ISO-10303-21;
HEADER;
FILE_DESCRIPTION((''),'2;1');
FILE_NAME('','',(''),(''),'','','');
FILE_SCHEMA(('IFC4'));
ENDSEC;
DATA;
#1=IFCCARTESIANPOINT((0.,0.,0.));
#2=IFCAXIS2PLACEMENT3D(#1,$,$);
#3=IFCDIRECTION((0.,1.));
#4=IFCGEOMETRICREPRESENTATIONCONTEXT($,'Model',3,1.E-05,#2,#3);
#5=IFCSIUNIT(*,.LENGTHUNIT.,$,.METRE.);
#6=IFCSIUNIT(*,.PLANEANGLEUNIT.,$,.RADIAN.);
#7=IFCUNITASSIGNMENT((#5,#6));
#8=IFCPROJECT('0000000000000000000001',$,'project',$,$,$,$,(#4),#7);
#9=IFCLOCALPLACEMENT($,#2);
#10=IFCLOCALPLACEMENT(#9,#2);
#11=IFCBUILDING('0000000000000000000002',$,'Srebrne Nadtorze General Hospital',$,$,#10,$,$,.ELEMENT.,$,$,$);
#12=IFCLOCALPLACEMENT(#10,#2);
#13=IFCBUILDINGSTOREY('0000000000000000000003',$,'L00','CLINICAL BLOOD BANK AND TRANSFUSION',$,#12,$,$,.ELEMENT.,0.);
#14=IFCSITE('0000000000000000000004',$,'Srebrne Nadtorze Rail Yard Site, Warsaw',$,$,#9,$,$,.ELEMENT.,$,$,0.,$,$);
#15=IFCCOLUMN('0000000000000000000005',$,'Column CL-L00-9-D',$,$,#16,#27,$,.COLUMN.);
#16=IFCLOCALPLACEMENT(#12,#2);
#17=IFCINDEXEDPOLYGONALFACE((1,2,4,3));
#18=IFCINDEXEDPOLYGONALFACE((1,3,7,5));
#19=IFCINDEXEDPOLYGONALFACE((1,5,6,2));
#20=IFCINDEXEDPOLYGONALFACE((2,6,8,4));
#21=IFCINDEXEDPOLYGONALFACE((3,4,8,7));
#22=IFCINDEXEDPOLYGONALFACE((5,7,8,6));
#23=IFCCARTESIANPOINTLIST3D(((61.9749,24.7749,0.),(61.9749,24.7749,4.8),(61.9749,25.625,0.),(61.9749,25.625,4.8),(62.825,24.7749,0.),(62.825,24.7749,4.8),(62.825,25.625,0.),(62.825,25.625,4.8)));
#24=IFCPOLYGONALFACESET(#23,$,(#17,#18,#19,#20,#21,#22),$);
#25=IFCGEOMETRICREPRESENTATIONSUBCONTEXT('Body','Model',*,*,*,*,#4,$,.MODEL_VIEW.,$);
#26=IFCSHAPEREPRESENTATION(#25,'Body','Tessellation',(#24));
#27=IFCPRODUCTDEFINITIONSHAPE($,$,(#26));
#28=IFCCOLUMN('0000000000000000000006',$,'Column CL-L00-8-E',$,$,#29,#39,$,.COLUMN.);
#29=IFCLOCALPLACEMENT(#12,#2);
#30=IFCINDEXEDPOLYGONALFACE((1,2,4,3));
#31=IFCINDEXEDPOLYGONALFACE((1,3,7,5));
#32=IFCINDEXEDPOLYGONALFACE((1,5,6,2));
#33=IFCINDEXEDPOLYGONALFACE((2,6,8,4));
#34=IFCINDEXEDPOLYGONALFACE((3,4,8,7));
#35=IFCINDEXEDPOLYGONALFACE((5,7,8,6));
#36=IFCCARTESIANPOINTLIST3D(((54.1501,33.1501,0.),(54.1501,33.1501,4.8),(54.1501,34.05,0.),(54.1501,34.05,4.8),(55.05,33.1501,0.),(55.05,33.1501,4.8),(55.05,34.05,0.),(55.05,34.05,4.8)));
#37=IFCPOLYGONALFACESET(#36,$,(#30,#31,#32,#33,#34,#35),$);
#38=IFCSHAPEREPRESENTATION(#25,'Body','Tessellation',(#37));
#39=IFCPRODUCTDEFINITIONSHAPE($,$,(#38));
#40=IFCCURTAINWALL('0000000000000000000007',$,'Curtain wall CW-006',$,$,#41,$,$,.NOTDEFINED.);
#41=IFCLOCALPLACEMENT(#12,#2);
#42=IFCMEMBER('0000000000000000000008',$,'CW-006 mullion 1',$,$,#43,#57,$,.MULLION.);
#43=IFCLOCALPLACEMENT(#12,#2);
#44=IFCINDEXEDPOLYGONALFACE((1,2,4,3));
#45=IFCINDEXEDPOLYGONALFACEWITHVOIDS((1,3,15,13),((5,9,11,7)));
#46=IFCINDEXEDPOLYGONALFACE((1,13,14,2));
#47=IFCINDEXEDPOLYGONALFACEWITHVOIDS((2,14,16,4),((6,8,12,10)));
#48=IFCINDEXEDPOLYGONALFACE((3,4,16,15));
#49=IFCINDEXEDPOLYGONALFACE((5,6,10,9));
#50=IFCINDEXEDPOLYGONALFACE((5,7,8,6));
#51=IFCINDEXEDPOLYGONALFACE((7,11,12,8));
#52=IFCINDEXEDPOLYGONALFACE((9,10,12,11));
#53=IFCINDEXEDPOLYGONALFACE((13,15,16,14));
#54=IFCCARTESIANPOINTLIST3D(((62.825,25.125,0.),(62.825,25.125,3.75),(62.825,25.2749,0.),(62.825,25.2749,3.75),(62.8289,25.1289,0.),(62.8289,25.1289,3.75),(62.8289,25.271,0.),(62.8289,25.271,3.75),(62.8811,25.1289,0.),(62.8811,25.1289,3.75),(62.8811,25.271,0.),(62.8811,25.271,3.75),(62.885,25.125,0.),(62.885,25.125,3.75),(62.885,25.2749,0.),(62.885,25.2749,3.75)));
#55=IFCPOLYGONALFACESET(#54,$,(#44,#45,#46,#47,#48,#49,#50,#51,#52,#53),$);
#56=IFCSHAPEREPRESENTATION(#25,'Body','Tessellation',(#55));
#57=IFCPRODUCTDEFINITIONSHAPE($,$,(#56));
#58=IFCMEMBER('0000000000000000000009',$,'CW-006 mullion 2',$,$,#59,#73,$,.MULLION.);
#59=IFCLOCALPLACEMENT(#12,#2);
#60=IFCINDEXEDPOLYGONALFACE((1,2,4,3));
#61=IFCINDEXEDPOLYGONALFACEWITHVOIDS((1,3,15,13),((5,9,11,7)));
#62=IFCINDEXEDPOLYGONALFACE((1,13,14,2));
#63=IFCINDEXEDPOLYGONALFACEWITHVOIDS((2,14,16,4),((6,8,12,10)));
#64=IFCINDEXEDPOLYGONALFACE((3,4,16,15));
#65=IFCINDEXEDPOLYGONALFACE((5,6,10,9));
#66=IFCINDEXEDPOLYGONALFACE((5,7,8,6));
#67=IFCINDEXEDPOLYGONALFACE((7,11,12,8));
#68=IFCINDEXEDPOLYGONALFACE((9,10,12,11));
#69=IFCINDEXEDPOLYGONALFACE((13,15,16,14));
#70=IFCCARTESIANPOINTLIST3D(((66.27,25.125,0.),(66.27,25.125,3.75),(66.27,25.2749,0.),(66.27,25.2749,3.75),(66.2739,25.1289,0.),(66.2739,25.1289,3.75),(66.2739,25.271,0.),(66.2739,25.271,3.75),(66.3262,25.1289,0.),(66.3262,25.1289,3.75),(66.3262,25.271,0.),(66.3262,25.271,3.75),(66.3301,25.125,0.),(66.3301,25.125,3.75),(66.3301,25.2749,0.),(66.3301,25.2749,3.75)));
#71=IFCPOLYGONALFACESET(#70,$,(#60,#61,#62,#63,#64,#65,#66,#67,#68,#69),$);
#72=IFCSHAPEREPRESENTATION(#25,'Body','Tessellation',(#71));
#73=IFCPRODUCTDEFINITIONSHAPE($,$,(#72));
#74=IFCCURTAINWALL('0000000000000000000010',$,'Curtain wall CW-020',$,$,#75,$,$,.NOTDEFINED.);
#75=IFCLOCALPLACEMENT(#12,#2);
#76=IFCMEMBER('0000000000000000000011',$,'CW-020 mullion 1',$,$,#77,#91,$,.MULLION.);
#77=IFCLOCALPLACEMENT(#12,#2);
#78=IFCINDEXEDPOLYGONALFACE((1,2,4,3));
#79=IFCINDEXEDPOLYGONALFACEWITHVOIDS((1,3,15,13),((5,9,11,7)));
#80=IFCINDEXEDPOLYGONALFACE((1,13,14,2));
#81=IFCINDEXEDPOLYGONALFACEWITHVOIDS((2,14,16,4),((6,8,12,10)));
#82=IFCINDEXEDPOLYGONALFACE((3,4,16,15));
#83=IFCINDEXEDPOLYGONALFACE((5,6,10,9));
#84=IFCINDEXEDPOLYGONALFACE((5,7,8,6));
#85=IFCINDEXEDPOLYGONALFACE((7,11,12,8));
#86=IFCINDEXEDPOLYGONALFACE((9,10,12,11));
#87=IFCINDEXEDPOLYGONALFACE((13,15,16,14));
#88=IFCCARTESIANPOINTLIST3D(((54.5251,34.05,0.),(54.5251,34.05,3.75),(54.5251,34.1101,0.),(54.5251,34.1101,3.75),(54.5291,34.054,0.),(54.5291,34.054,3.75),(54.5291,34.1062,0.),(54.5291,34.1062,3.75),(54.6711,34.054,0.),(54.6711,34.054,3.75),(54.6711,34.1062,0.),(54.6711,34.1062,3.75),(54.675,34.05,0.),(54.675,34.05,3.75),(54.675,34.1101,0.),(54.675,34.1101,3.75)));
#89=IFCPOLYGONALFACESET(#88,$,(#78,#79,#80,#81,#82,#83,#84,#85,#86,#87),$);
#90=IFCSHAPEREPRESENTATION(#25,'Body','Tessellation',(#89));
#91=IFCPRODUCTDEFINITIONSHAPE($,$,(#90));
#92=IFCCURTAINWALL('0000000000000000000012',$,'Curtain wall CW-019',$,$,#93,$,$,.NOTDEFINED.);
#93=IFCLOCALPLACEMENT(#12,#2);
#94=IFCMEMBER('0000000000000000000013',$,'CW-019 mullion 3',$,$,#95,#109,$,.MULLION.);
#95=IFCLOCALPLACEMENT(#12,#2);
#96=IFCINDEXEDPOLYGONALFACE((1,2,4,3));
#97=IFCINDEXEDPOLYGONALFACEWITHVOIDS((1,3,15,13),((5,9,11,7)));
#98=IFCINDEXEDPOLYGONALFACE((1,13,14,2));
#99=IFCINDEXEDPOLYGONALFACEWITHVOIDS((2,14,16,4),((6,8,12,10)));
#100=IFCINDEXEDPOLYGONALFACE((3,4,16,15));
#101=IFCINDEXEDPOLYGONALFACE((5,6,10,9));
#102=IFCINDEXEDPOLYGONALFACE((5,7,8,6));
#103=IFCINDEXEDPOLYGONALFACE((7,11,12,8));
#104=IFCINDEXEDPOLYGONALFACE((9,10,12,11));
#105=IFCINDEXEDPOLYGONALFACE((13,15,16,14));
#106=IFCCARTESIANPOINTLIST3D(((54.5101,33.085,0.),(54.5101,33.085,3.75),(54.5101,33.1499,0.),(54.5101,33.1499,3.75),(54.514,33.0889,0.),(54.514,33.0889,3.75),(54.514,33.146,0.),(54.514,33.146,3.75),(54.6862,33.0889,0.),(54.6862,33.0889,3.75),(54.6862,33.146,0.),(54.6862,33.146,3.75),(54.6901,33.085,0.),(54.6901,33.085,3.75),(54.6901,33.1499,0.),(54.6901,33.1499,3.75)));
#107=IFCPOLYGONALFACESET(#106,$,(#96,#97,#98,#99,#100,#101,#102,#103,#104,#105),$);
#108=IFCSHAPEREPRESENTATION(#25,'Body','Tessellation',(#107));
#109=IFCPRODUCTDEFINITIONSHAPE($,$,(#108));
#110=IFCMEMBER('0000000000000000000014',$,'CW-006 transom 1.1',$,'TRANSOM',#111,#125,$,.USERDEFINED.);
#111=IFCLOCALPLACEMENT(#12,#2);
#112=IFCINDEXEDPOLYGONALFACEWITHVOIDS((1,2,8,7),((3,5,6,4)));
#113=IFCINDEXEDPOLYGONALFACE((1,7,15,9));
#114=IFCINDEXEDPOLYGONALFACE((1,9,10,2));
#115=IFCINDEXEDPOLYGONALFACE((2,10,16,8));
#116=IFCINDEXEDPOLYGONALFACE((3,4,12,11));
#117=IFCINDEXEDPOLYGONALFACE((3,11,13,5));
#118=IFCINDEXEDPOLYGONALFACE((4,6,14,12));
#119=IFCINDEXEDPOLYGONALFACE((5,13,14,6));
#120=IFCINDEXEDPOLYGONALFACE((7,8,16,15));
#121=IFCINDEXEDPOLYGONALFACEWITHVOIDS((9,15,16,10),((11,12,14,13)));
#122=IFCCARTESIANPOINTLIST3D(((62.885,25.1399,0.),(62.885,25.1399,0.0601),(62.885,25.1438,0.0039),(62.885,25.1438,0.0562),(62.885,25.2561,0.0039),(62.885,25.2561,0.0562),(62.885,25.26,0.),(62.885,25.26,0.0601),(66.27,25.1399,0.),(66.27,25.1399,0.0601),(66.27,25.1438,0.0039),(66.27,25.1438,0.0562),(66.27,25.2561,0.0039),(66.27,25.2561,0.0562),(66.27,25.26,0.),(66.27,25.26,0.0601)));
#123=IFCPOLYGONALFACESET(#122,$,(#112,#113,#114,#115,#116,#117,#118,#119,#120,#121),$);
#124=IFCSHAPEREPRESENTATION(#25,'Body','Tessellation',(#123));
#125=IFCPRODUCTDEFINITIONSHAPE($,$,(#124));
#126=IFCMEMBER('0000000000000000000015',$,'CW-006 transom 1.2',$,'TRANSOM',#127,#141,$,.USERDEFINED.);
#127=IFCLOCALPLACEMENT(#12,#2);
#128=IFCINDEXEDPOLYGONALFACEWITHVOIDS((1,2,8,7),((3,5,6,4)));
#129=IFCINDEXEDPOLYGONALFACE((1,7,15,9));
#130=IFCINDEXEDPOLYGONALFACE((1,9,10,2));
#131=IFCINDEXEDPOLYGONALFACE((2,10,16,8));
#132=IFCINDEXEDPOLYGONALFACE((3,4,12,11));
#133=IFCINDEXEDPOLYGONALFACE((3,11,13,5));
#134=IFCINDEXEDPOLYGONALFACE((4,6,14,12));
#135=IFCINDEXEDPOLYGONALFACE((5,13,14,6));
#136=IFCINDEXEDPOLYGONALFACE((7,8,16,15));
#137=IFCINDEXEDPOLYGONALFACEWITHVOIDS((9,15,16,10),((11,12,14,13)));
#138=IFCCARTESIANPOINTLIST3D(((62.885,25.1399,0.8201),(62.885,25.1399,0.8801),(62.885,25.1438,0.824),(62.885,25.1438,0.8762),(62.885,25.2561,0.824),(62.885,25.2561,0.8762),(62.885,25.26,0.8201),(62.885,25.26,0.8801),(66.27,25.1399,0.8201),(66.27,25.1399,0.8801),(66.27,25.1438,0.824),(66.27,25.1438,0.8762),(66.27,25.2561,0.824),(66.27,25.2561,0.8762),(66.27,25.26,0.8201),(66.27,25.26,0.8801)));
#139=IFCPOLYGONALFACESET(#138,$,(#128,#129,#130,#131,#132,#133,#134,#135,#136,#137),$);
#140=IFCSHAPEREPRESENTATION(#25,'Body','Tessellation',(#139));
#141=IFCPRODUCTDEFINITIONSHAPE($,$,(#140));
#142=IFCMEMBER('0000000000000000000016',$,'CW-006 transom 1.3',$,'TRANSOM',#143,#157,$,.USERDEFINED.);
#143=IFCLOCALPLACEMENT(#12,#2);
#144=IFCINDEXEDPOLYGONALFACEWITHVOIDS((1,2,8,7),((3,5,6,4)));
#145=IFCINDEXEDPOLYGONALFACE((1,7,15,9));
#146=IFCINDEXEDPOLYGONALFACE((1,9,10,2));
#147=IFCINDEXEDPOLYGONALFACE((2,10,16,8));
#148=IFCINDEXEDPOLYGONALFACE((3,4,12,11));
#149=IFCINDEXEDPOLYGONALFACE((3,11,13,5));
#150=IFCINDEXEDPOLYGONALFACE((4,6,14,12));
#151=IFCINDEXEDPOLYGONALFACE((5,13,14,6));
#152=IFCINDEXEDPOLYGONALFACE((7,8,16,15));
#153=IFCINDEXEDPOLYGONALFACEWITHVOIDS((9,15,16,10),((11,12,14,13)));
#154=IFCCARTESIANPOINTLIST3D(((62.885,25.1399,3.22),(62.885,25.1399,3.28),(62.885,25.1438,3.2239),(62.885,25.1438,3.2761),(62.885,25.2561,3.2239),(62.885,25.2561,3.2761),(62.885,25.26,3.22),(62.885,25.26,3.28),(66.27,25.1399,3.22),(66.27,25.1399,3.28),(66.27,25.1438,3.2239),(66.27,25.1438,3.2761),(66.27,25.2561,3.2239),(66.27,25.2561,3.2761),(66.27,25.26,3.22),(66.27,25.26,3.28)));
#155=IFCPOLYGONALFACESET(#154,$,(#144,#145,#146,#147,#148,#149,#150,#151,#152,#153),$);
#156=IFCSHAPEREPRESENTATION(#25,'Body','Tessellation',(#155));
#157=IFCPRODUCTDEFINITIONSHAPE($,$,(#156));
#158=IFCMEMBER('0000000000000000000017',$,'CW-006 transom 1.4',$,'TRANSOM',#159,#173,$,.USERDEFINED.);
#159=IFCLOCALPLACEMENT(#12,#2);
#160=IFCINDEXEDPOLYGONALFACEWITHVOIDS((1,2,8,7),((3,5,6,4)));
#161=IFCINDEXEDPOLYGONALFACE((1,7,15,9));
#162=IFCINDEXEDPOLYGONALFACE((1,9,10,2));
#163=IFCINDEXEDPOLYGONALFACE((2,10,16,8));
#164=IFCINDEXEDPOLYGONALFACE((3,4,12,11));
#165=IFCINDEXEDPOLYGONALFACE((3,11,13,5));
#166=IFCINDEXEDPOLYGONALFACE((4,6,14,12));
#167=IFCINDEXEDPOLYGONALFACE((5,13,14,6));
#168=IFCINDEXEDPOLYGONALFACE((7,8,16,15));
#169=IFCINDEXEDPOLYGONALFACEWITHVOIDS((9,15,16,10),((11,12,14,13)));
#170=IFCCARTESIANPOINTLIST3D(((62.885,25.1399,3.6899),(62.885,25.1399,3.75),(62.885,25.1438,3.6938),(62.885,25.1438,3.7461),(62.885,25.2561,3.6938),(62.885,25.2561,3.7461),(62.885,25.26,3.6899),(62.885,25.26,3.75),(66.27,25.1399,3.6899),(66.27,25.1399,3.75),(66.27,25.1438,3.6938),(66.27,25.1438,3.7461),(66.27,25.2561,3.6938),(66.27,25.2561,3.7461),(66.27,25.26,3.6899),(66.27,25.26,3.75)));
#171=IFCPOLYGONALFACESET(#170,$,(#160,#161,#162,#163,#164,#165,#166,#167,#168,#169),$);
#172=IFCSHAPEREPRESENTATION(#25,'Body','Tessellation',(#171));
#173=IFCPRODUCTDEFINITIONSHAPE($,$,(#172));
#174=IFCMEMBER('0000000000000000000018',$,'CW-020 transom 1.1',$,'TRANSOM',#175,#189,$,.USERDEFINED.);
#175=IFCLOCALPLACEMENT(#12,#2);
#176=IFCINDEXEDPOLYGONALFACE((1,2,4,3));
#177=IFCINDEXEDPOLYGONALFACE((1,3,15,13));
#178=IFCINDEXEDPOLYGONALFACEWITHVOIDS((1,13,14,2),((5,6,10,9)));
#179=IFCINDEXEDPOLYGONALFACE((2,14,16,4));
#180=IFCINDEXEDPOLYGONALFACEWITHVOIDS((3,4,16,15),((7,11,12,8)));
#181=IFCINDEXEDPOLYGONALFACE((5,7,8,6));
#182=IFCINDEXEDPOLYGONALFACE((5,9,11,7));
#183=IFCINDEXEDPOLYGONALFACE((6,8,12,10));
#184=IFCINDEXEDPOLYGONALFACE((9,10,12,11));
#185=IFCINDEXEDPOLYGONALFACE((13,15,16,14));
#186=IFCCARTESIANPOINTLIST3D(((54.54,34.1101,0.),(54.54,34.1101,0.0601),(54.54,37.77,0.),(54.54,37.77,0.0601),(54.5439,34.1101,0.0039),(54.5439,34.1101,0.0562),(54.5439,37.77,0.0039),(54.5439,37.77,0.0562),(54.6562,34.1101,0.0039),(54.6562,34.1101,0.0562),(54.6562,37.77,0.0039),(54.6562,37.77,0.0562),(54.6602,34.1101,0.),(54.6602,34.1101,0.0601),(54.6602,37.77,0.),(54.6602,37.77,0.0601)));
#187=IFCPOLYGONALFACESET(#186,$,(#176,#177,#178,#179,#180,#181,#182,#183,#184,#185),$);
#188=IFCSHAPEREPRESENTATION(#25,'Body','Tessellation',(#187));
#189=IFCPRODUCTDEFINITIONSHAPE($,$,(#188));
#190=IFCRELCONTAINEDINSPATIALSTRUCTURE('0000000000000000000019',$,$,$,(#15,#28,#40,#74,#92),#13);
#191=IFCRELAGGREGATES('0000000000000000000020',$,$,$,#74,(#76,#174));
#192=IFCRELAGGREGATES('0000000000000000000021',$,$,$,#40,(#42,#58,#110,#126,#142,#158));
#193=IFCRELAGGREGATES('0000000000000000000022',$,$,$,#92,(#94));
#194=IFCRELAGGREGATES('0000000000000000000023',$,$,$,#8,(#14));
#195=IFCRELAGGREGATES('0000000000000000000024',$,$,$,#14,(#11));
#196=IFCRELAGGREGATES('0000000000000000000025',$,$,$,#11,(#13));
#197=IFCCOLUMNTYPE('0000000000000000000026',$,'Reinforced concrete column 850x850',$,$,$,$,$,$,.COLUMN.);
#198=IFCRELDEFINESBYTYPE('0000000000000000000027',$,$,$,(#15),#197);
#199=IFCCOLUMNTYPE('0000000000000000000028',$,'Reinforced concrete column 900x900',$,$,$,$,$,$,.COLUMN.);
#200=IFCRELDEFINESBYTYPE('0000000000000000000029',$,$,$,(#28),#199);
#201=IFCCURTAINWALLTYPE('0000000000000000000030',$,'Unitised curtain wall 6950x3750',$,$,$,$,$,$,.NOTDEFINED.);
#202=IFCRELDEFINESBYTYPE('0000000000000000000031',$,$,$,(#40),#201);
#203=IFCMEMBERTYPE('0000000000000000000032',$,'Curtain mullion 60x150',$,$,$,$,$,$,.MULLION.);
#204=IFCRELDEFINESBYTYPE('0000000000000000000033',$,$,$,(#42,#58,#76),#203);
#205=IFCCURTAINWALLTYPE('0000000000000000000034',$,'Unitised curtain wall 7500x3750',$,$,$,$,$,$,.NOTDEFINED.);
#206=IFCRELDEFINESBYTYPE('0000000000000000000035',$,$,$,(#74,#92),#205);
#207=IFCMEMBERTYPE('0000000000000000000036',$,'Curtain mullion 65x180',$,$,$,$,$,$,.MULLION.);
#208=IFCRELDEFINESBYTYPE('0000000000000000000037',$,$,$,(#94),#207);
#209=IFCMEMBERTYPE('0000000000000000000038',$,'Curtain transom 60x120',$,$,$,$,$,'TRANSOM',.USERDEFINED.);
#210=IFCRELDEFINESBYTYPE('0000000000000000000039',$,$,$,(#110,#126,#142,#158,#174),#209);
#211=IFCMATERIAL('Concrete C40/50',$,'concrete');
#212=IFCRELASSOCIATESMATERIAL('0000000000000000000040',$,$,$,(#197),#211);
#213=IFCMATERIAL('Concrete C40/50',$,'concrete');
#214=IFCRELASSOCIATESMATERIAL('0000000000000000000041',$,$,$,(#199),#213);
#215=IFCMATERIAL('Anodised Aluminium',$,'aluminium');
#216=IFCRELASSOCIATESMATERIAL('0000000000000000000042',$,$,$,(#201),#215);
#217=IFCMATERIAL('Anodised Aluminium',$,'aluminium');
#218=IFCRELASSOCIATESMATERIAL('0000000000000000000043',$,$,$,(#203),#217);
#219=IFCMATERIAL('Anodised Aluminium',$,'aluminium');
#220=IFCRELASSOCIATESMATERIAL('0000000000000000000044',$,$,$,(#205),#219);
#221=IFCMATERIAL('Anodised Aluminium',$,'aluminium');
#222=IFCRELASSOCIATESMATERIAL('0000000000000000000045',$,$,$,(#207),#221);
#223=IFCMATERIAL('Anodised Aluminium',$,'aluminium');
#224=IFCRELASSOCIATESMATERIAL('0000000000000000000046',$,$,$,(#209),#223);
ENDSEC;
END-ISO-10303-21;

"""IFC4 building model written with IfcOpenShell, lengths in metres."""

from ifc_helpers import new_model, si_unit, direction, frame, origin, origin_2d, place, context, subcontext, project, spatial, rectangle, hollow_rectangle, extrude, material, material_profile, profile_set, type_object, element, aggregate, save


model = new_model("IFC4")

# Units and contexts
model_context = context("Model", 3, precision=1e-05, world=origin(), true_north=direction((0.0, 1.0)))
body_context = subcontext(model_context, "Body", "Model", "MODEL_VIEW")
ifc_project = project(units=[si_unit("LENGTHUNIT", "METRE"), si_unit("PLANEANGLEUNIT", "RADIAN")], contexts=[model_context])

# Site, building, storey
site_placement = place(None, origin())
site = spatial("IfcSite", under=ifc_project, at=site_placement, Name="Srebrne Nadtorze Rail Yard Site, Warsaw", CompositionType="ELEMENT", RefElevation=0.0)
building_placement = place(site_placement, origin())
building = spatial("IfcBuilding", under=site, at=building_placement, Name="Srebrne Nadtorze General Hospital", CompositionType="ELEMENT")
storey_placement = place(building_placement, origin())
storey = spatial("IfcBuildingStorey", under=building, at=storey_placement, Name="L00", Description="CLINICAL BLOOD BANK AND TRANSFUSION", CompositionType="ELEMENT", Elevation=0.0)

# Columns
ifc_material_1 = material(Name="Concrete C40/50", Category="concrete")
ifc_material_profile_1 = material_profile(ifc_material_1, rectangle(XDim=0.8501, YDim=0.8501, at=origin_2d()), Name="RC-COL-850x850")
ifc_profile_set_1 = profile_set([ifc_material_profile_1], Name="Concrete C40/50")
column_type_1 = type_object("IfcColumnType", Name="Reinforced concrete column 850x850", PredefinedType="COLUMN", material=ifc_profile_set_1)
column_1_placement = place(storey_placement, frame((62.3999, 25.2, 0.0), z_axis=(0.0, 0.0, 1.0), x_axis=(1.0, 0.0, 0.0)))
element("IfcColumn", 1, at=column_1_placement, inside=storey, type_object=column_type_1, Name="Column CL-L00-9-D", PredefinedType="COLUMN", context=body_context, shape_type="SweptSolid", body=[
    extrude(rectangle(XDim=0.8501, YDim=0.8501, at=origin_2d()), origin(), (0.0, 0.0, 1.0), 4.8),
])
ifc_material_2 = material(Name="Concrete C40/50", Category="concrete")
ifc_material_profile_2 = material_profile(ifc_material_2, rectangle(XDim=0.8999, YDim=0.8999, at=origin_2d()), Name="RC-COL-900x900")
ifc_profile_set_2 = profile_set([ifc_material_profile_2], Name="Concrete C40/50")
column_type_2 = type_object("IfcColumnType", Name="Reinforced concrete column 900x900", PredefinedType="COLUMN", material=ifc_profile_set_2)
column_2_placement = place(storey_placement, frame((54.6001, 33.6001, 0.0), z_axis=(0.0, 0.0, 1.0), x_axis=(1.0, 0.0, 0.0)))
element("IfcColumn", 2, at=column_2_placement, inside=storey, type_object=column_type_2, Name="Column CL-L00-8-E", PredefinedType="COLUMN", context=body_context, shape_type="SweptSolid", body=[
    extrude(rectangle(XDim=0.8999, YDim=0.8999, at=origin_2d()), origin(), (0.0, 0.0, 1.0), 4.8),
])

# Curtain wall, members
ifc_material_3 = material(Name="Anodised Aluminium", Category="aluminium")
curtain_wall_type_1 = type_object("IfcCurtainWallType", Name="Unitised curtain wall 6950x3750", PredefinedType="NOTDEFINED", material=ifc_material_3)
curtain_wall_1_placement = place(storey_placement, origin())
curtain_wall_1 = element("IfcCurtainWall", 3, at=curtain_wall_1_placement, inside=storey, type_object=curtain_wall_type_1, Name="Curtain wall CW-006", PredefinedType="NOTDEFINED")
ifc_material_4 = material(Name="Anodised Aluminium", Category="aluminium")
ifc_material_profile_3 = material_profile(ifc_material_4, hollow_rectangle(XDim=0.0601, YDim=0.1499, WallThickness=0.0039, at=origin_2d()), Name="AL-MUL-60x150")
ifc_profile_set_3 = profile_set([ifc_material_profile_3], Name="Anodised Aluminium")
member_type_1 = type_object("IfcMemberType", Name="Curtain mullion 60x150", PredefinedType="MULLION", material=ifc_profile_set_3)
member_1_placement = place(storey_placement, frame((62.855, 25.2, 0.0), z_axis=(0.0, 0.0, 1.0), x_axis=(1.0, 0.0, 0.0)))
member_1 = element("IfcMember", 4, at=member_1_placement, type_object=member_type_1, Name="CW-006 mullion 1", PredefinedType="MULLION", context=body_context, shape_type="SweptSolid", body=[
    extrude(hollow_rectangle(XDim=0.0601, YDim=0.1499, WallThickness=0.0039, at=origin_2d()), origin(), (0.0, 0.0, 1.0), 3.75),
])
member_2_placement = place(storey_placement, frame((66.3, 25.2, 0.0), z_axis=(0.0, 0.0, 1.0), x_axis=(1.0, 0.0, 0.0)))
member_2 = element("IfcMember", 5, at=member_2_placement, type_object=member_type_1, Name="CW-006 mullion 2", PredefinedType="MULLION", context=body_context, shape_type="SweptSolid", body=[
    extrude(hollow_rectangle(XDim=0.0601, YDim=0.1499, WallThickness=0.0039, at=origin_2d()), origin(), (0.0, 0.0, 1.0), 3.75),
])

# Curtain walls, members
ifc_material_5 = material(Name="Anodised Aluminium", Category="aluminium")
curtain_wall_type_2 = type_object("IfcCurtainWallType", Name="Unitised curtain wall 7500x3750", PredefinedType="NOTDEFINED", material=ifc_material_5)
curtain_wall_2_placement = place(storey_placement, origin())
curtain_wall_2 = element("IfcCurtainWall", 6, at=curtain_wall_2_placement, inside=storey, type_object=curtain_wall_type_2, Name="Curtain wall CW-020", PredefinedType="NOTDEFINED")
member_3_placement = place(storey_placement, frame((54.6001, 34.0801, 0.0), z_axis=(0.0, 0.0, 1.0), x_axis=(0.0, 1.0, 0.0)))
member_3 = element("IfcMember", 7, at=member_3_placement, type_object=member_type_1, Name="CW-020 mullion 1", PredefinedType="MULLION", context=body_context, shape_type="SweptSolid", body=[
    extrude(hollow_rectangle(XDim=0.0601, YDim=0.1499, WallThickness=0.0039, at=origin_2d()), origin(), (0.0, 0.0, 1.0), 3.75),
])
curtain_wall_3_placement = place(storey_placement, origin())
curtain_wall_3 = element("IfcCurtainWall", 8, at=curtain_wall_3_placement, inside=storey, type_object=curtain_wall_type_2, Name="Curtain wall CW-019", PredefinedType="NOTDEFINED")
ifc_material_6 = material(Name="Anodised Aluminium", Category="aluminium")
ifc_material_profile_4 = material_profile(ifc_material_6, hollow_rectangle(XDim=0.0649, YDim=0.1799, WallThickness=0.0039, at=origin_2d()), Name="AL-MUL-65x180")
ifc_profile_set_4 = profile_set([ifc_material_profile_4], Name="Anodised Aluminium")
member_type_2 = type_object("IfcMemberType", Name="Curtain mullion 65x180", PredefinedType="MULLION", material=ifc_profile_set_4)
member_4_placement = place(storey_placement, frame((54.6001, 33.1174, 0.0), z_axis=(0.0, 0.0, 1.0), x_axis=(0.0, 1.0, 0.0)))
member_4 = element("IfcMember", 9, at=member_4_placement, type_object=member_type_2, Name="CW-019 mullion 3", PredefinedType="MULLION", context=body_context, shape_type="SweptSolid", body=[
    extrude(hollow_rectangle(XDim=0.0649, YDim=0.1799, WallThickness=0.0039, at=origin_2d()), origin(), (0.0, 0.0, 1.0), 3.75),
])

# Members
ifc_material_7 = material(Name="Anodised Aluminium", Category="aluminium")
ifc_material_profile_5 = material_profile(ifc_material_7, hollow_rectangle(XDim=0.0601, YDim=0.1201, WallThickness=0.0039, at=origin_2d()), Name="AL-TRN-60x120")
ifc_profile_set_5 = profile_set([ifc_material_profile_5], Name="Anodised Aluminium")
member_type_3 = type_object("IfcMemberType", Name="Curtain transom 60x120", ElementType="TRANSOM", PredefinedType="USERDEFINED", material=ifc_profile_set_5)
member_5_placement = place(storey_placement, frame((62.885, 25.2, 0.03), z_axis=(1.0, 0.0, 0.0), x_axis=(0.0, 0.0, 1.0)))
member_5 = element("IfcMember", 10, at=member_5_placement, type_object=member_type_3, Name="CW-006 transom 1.1", ObjectType="TRANSOM", PredefinedType="USERDEFINED", context=body_context, shape_type="SweptSolid", body=[
    extrude(hollow_rectangle(XDim=0.0601, YDim=0.1201, WallThickness=0.0039, at=origin_2d()), origin(), (0.0, 0.0, 1.0), 3.385),
])
member_6_placement = place(storey_placement, frame((62.885, 25.2, 0.8501), z_axis=(1.0, 0.0, 0.0), x_axis=(0.0, 0.0, 1.0)))
member_6 = element("IfcMember", 11, at=member_6_placement, type_object=member_type_3, Name="CW-006 transom 1.2", ObjectType="TRANSOM", PredefinedType="USERDEFINED", context=body_context, shape_type="SweptSolid", body=[
    extrude(hollow_rectangle(XDim=0.0601, YDim=0.1201, WallThickness=0.0039, at=origin_2d()), origin(), (0.0, 0.0, 1.0), 3.385),
])
member_7_placement = place(storey_placement, frame((62.885, 25.2, 3.25), z_axis=(1.0, 0.0, 0.0), x_axis=(0.0, 0.0, 1.0)))
member_7 = element("IfcMember", 12, at=member_7_placement, type_object=member_type_3, Name="CW-006 transom 1.3", ObjectType="TRANSOM", PredefinedType="USERDEFINED", context=body_context, shape_type="SweptSolid", body=[
    extrude(hollow_rectangle(XDim=0.0601, YDim=0.1201, WallThickness=0.0039, at=origin_2d()), origin(), (0.0, 0.0, 1.0), 3.385),
])
member_8_placement = place(storey_placement, frame((62.885, 25.2, 3.72), z_axis=(1.0, 0.0, 0.0), x_axis=(0.0, 0.0, 1.0)))
member_8 = element("IfcMember", 13, at=member_8_placement, type_object=member_type_3, Name="CW-006 transom 1.4", ObjectType="TRANSOM", PredefinedType="USERDEFINED", context=body_context, shape_type="SweptSolid", body=[
    extrude(hollow_rectangle(XDim=0.0601, YDim=0.1201, WallThickness=0.0039, at=origin_2d()), origin(), (0.0, 0.0, 1.0), 3.385),
])
member_9_placement = place(storey_placement, frame((54.6001, 34.1101, 0.03), z_axis=(0.0, 1.0, 0.0), x_axis=(0.0, 0.0, 1.0)))
member_9 = element("IfcMember", 14, at=member_9_placement, type_object=member_type_3, Name="CW-020 transom 1.1", ObjectType="TRANSOM", PredefinedType="USERDEFINED", context=body_context, shape_type="SweptSolid", body=[
    extrude(hollow_rectangle(XDim=0.0601, YDim=0.1201, WallThickness=0.0039, at=origin_2d()), origin(), (0.0, 0.0, 1.0), 3.6599),
])
aggregate(curtain_wall_2, [member_3, member_9])

aggregate(curtain_wall_1, [member_1, member_2, member_5, member_6, member_7, member_8])
aggregate(curtain_wall_3, [member_4])

save(model, "model.ifc")
